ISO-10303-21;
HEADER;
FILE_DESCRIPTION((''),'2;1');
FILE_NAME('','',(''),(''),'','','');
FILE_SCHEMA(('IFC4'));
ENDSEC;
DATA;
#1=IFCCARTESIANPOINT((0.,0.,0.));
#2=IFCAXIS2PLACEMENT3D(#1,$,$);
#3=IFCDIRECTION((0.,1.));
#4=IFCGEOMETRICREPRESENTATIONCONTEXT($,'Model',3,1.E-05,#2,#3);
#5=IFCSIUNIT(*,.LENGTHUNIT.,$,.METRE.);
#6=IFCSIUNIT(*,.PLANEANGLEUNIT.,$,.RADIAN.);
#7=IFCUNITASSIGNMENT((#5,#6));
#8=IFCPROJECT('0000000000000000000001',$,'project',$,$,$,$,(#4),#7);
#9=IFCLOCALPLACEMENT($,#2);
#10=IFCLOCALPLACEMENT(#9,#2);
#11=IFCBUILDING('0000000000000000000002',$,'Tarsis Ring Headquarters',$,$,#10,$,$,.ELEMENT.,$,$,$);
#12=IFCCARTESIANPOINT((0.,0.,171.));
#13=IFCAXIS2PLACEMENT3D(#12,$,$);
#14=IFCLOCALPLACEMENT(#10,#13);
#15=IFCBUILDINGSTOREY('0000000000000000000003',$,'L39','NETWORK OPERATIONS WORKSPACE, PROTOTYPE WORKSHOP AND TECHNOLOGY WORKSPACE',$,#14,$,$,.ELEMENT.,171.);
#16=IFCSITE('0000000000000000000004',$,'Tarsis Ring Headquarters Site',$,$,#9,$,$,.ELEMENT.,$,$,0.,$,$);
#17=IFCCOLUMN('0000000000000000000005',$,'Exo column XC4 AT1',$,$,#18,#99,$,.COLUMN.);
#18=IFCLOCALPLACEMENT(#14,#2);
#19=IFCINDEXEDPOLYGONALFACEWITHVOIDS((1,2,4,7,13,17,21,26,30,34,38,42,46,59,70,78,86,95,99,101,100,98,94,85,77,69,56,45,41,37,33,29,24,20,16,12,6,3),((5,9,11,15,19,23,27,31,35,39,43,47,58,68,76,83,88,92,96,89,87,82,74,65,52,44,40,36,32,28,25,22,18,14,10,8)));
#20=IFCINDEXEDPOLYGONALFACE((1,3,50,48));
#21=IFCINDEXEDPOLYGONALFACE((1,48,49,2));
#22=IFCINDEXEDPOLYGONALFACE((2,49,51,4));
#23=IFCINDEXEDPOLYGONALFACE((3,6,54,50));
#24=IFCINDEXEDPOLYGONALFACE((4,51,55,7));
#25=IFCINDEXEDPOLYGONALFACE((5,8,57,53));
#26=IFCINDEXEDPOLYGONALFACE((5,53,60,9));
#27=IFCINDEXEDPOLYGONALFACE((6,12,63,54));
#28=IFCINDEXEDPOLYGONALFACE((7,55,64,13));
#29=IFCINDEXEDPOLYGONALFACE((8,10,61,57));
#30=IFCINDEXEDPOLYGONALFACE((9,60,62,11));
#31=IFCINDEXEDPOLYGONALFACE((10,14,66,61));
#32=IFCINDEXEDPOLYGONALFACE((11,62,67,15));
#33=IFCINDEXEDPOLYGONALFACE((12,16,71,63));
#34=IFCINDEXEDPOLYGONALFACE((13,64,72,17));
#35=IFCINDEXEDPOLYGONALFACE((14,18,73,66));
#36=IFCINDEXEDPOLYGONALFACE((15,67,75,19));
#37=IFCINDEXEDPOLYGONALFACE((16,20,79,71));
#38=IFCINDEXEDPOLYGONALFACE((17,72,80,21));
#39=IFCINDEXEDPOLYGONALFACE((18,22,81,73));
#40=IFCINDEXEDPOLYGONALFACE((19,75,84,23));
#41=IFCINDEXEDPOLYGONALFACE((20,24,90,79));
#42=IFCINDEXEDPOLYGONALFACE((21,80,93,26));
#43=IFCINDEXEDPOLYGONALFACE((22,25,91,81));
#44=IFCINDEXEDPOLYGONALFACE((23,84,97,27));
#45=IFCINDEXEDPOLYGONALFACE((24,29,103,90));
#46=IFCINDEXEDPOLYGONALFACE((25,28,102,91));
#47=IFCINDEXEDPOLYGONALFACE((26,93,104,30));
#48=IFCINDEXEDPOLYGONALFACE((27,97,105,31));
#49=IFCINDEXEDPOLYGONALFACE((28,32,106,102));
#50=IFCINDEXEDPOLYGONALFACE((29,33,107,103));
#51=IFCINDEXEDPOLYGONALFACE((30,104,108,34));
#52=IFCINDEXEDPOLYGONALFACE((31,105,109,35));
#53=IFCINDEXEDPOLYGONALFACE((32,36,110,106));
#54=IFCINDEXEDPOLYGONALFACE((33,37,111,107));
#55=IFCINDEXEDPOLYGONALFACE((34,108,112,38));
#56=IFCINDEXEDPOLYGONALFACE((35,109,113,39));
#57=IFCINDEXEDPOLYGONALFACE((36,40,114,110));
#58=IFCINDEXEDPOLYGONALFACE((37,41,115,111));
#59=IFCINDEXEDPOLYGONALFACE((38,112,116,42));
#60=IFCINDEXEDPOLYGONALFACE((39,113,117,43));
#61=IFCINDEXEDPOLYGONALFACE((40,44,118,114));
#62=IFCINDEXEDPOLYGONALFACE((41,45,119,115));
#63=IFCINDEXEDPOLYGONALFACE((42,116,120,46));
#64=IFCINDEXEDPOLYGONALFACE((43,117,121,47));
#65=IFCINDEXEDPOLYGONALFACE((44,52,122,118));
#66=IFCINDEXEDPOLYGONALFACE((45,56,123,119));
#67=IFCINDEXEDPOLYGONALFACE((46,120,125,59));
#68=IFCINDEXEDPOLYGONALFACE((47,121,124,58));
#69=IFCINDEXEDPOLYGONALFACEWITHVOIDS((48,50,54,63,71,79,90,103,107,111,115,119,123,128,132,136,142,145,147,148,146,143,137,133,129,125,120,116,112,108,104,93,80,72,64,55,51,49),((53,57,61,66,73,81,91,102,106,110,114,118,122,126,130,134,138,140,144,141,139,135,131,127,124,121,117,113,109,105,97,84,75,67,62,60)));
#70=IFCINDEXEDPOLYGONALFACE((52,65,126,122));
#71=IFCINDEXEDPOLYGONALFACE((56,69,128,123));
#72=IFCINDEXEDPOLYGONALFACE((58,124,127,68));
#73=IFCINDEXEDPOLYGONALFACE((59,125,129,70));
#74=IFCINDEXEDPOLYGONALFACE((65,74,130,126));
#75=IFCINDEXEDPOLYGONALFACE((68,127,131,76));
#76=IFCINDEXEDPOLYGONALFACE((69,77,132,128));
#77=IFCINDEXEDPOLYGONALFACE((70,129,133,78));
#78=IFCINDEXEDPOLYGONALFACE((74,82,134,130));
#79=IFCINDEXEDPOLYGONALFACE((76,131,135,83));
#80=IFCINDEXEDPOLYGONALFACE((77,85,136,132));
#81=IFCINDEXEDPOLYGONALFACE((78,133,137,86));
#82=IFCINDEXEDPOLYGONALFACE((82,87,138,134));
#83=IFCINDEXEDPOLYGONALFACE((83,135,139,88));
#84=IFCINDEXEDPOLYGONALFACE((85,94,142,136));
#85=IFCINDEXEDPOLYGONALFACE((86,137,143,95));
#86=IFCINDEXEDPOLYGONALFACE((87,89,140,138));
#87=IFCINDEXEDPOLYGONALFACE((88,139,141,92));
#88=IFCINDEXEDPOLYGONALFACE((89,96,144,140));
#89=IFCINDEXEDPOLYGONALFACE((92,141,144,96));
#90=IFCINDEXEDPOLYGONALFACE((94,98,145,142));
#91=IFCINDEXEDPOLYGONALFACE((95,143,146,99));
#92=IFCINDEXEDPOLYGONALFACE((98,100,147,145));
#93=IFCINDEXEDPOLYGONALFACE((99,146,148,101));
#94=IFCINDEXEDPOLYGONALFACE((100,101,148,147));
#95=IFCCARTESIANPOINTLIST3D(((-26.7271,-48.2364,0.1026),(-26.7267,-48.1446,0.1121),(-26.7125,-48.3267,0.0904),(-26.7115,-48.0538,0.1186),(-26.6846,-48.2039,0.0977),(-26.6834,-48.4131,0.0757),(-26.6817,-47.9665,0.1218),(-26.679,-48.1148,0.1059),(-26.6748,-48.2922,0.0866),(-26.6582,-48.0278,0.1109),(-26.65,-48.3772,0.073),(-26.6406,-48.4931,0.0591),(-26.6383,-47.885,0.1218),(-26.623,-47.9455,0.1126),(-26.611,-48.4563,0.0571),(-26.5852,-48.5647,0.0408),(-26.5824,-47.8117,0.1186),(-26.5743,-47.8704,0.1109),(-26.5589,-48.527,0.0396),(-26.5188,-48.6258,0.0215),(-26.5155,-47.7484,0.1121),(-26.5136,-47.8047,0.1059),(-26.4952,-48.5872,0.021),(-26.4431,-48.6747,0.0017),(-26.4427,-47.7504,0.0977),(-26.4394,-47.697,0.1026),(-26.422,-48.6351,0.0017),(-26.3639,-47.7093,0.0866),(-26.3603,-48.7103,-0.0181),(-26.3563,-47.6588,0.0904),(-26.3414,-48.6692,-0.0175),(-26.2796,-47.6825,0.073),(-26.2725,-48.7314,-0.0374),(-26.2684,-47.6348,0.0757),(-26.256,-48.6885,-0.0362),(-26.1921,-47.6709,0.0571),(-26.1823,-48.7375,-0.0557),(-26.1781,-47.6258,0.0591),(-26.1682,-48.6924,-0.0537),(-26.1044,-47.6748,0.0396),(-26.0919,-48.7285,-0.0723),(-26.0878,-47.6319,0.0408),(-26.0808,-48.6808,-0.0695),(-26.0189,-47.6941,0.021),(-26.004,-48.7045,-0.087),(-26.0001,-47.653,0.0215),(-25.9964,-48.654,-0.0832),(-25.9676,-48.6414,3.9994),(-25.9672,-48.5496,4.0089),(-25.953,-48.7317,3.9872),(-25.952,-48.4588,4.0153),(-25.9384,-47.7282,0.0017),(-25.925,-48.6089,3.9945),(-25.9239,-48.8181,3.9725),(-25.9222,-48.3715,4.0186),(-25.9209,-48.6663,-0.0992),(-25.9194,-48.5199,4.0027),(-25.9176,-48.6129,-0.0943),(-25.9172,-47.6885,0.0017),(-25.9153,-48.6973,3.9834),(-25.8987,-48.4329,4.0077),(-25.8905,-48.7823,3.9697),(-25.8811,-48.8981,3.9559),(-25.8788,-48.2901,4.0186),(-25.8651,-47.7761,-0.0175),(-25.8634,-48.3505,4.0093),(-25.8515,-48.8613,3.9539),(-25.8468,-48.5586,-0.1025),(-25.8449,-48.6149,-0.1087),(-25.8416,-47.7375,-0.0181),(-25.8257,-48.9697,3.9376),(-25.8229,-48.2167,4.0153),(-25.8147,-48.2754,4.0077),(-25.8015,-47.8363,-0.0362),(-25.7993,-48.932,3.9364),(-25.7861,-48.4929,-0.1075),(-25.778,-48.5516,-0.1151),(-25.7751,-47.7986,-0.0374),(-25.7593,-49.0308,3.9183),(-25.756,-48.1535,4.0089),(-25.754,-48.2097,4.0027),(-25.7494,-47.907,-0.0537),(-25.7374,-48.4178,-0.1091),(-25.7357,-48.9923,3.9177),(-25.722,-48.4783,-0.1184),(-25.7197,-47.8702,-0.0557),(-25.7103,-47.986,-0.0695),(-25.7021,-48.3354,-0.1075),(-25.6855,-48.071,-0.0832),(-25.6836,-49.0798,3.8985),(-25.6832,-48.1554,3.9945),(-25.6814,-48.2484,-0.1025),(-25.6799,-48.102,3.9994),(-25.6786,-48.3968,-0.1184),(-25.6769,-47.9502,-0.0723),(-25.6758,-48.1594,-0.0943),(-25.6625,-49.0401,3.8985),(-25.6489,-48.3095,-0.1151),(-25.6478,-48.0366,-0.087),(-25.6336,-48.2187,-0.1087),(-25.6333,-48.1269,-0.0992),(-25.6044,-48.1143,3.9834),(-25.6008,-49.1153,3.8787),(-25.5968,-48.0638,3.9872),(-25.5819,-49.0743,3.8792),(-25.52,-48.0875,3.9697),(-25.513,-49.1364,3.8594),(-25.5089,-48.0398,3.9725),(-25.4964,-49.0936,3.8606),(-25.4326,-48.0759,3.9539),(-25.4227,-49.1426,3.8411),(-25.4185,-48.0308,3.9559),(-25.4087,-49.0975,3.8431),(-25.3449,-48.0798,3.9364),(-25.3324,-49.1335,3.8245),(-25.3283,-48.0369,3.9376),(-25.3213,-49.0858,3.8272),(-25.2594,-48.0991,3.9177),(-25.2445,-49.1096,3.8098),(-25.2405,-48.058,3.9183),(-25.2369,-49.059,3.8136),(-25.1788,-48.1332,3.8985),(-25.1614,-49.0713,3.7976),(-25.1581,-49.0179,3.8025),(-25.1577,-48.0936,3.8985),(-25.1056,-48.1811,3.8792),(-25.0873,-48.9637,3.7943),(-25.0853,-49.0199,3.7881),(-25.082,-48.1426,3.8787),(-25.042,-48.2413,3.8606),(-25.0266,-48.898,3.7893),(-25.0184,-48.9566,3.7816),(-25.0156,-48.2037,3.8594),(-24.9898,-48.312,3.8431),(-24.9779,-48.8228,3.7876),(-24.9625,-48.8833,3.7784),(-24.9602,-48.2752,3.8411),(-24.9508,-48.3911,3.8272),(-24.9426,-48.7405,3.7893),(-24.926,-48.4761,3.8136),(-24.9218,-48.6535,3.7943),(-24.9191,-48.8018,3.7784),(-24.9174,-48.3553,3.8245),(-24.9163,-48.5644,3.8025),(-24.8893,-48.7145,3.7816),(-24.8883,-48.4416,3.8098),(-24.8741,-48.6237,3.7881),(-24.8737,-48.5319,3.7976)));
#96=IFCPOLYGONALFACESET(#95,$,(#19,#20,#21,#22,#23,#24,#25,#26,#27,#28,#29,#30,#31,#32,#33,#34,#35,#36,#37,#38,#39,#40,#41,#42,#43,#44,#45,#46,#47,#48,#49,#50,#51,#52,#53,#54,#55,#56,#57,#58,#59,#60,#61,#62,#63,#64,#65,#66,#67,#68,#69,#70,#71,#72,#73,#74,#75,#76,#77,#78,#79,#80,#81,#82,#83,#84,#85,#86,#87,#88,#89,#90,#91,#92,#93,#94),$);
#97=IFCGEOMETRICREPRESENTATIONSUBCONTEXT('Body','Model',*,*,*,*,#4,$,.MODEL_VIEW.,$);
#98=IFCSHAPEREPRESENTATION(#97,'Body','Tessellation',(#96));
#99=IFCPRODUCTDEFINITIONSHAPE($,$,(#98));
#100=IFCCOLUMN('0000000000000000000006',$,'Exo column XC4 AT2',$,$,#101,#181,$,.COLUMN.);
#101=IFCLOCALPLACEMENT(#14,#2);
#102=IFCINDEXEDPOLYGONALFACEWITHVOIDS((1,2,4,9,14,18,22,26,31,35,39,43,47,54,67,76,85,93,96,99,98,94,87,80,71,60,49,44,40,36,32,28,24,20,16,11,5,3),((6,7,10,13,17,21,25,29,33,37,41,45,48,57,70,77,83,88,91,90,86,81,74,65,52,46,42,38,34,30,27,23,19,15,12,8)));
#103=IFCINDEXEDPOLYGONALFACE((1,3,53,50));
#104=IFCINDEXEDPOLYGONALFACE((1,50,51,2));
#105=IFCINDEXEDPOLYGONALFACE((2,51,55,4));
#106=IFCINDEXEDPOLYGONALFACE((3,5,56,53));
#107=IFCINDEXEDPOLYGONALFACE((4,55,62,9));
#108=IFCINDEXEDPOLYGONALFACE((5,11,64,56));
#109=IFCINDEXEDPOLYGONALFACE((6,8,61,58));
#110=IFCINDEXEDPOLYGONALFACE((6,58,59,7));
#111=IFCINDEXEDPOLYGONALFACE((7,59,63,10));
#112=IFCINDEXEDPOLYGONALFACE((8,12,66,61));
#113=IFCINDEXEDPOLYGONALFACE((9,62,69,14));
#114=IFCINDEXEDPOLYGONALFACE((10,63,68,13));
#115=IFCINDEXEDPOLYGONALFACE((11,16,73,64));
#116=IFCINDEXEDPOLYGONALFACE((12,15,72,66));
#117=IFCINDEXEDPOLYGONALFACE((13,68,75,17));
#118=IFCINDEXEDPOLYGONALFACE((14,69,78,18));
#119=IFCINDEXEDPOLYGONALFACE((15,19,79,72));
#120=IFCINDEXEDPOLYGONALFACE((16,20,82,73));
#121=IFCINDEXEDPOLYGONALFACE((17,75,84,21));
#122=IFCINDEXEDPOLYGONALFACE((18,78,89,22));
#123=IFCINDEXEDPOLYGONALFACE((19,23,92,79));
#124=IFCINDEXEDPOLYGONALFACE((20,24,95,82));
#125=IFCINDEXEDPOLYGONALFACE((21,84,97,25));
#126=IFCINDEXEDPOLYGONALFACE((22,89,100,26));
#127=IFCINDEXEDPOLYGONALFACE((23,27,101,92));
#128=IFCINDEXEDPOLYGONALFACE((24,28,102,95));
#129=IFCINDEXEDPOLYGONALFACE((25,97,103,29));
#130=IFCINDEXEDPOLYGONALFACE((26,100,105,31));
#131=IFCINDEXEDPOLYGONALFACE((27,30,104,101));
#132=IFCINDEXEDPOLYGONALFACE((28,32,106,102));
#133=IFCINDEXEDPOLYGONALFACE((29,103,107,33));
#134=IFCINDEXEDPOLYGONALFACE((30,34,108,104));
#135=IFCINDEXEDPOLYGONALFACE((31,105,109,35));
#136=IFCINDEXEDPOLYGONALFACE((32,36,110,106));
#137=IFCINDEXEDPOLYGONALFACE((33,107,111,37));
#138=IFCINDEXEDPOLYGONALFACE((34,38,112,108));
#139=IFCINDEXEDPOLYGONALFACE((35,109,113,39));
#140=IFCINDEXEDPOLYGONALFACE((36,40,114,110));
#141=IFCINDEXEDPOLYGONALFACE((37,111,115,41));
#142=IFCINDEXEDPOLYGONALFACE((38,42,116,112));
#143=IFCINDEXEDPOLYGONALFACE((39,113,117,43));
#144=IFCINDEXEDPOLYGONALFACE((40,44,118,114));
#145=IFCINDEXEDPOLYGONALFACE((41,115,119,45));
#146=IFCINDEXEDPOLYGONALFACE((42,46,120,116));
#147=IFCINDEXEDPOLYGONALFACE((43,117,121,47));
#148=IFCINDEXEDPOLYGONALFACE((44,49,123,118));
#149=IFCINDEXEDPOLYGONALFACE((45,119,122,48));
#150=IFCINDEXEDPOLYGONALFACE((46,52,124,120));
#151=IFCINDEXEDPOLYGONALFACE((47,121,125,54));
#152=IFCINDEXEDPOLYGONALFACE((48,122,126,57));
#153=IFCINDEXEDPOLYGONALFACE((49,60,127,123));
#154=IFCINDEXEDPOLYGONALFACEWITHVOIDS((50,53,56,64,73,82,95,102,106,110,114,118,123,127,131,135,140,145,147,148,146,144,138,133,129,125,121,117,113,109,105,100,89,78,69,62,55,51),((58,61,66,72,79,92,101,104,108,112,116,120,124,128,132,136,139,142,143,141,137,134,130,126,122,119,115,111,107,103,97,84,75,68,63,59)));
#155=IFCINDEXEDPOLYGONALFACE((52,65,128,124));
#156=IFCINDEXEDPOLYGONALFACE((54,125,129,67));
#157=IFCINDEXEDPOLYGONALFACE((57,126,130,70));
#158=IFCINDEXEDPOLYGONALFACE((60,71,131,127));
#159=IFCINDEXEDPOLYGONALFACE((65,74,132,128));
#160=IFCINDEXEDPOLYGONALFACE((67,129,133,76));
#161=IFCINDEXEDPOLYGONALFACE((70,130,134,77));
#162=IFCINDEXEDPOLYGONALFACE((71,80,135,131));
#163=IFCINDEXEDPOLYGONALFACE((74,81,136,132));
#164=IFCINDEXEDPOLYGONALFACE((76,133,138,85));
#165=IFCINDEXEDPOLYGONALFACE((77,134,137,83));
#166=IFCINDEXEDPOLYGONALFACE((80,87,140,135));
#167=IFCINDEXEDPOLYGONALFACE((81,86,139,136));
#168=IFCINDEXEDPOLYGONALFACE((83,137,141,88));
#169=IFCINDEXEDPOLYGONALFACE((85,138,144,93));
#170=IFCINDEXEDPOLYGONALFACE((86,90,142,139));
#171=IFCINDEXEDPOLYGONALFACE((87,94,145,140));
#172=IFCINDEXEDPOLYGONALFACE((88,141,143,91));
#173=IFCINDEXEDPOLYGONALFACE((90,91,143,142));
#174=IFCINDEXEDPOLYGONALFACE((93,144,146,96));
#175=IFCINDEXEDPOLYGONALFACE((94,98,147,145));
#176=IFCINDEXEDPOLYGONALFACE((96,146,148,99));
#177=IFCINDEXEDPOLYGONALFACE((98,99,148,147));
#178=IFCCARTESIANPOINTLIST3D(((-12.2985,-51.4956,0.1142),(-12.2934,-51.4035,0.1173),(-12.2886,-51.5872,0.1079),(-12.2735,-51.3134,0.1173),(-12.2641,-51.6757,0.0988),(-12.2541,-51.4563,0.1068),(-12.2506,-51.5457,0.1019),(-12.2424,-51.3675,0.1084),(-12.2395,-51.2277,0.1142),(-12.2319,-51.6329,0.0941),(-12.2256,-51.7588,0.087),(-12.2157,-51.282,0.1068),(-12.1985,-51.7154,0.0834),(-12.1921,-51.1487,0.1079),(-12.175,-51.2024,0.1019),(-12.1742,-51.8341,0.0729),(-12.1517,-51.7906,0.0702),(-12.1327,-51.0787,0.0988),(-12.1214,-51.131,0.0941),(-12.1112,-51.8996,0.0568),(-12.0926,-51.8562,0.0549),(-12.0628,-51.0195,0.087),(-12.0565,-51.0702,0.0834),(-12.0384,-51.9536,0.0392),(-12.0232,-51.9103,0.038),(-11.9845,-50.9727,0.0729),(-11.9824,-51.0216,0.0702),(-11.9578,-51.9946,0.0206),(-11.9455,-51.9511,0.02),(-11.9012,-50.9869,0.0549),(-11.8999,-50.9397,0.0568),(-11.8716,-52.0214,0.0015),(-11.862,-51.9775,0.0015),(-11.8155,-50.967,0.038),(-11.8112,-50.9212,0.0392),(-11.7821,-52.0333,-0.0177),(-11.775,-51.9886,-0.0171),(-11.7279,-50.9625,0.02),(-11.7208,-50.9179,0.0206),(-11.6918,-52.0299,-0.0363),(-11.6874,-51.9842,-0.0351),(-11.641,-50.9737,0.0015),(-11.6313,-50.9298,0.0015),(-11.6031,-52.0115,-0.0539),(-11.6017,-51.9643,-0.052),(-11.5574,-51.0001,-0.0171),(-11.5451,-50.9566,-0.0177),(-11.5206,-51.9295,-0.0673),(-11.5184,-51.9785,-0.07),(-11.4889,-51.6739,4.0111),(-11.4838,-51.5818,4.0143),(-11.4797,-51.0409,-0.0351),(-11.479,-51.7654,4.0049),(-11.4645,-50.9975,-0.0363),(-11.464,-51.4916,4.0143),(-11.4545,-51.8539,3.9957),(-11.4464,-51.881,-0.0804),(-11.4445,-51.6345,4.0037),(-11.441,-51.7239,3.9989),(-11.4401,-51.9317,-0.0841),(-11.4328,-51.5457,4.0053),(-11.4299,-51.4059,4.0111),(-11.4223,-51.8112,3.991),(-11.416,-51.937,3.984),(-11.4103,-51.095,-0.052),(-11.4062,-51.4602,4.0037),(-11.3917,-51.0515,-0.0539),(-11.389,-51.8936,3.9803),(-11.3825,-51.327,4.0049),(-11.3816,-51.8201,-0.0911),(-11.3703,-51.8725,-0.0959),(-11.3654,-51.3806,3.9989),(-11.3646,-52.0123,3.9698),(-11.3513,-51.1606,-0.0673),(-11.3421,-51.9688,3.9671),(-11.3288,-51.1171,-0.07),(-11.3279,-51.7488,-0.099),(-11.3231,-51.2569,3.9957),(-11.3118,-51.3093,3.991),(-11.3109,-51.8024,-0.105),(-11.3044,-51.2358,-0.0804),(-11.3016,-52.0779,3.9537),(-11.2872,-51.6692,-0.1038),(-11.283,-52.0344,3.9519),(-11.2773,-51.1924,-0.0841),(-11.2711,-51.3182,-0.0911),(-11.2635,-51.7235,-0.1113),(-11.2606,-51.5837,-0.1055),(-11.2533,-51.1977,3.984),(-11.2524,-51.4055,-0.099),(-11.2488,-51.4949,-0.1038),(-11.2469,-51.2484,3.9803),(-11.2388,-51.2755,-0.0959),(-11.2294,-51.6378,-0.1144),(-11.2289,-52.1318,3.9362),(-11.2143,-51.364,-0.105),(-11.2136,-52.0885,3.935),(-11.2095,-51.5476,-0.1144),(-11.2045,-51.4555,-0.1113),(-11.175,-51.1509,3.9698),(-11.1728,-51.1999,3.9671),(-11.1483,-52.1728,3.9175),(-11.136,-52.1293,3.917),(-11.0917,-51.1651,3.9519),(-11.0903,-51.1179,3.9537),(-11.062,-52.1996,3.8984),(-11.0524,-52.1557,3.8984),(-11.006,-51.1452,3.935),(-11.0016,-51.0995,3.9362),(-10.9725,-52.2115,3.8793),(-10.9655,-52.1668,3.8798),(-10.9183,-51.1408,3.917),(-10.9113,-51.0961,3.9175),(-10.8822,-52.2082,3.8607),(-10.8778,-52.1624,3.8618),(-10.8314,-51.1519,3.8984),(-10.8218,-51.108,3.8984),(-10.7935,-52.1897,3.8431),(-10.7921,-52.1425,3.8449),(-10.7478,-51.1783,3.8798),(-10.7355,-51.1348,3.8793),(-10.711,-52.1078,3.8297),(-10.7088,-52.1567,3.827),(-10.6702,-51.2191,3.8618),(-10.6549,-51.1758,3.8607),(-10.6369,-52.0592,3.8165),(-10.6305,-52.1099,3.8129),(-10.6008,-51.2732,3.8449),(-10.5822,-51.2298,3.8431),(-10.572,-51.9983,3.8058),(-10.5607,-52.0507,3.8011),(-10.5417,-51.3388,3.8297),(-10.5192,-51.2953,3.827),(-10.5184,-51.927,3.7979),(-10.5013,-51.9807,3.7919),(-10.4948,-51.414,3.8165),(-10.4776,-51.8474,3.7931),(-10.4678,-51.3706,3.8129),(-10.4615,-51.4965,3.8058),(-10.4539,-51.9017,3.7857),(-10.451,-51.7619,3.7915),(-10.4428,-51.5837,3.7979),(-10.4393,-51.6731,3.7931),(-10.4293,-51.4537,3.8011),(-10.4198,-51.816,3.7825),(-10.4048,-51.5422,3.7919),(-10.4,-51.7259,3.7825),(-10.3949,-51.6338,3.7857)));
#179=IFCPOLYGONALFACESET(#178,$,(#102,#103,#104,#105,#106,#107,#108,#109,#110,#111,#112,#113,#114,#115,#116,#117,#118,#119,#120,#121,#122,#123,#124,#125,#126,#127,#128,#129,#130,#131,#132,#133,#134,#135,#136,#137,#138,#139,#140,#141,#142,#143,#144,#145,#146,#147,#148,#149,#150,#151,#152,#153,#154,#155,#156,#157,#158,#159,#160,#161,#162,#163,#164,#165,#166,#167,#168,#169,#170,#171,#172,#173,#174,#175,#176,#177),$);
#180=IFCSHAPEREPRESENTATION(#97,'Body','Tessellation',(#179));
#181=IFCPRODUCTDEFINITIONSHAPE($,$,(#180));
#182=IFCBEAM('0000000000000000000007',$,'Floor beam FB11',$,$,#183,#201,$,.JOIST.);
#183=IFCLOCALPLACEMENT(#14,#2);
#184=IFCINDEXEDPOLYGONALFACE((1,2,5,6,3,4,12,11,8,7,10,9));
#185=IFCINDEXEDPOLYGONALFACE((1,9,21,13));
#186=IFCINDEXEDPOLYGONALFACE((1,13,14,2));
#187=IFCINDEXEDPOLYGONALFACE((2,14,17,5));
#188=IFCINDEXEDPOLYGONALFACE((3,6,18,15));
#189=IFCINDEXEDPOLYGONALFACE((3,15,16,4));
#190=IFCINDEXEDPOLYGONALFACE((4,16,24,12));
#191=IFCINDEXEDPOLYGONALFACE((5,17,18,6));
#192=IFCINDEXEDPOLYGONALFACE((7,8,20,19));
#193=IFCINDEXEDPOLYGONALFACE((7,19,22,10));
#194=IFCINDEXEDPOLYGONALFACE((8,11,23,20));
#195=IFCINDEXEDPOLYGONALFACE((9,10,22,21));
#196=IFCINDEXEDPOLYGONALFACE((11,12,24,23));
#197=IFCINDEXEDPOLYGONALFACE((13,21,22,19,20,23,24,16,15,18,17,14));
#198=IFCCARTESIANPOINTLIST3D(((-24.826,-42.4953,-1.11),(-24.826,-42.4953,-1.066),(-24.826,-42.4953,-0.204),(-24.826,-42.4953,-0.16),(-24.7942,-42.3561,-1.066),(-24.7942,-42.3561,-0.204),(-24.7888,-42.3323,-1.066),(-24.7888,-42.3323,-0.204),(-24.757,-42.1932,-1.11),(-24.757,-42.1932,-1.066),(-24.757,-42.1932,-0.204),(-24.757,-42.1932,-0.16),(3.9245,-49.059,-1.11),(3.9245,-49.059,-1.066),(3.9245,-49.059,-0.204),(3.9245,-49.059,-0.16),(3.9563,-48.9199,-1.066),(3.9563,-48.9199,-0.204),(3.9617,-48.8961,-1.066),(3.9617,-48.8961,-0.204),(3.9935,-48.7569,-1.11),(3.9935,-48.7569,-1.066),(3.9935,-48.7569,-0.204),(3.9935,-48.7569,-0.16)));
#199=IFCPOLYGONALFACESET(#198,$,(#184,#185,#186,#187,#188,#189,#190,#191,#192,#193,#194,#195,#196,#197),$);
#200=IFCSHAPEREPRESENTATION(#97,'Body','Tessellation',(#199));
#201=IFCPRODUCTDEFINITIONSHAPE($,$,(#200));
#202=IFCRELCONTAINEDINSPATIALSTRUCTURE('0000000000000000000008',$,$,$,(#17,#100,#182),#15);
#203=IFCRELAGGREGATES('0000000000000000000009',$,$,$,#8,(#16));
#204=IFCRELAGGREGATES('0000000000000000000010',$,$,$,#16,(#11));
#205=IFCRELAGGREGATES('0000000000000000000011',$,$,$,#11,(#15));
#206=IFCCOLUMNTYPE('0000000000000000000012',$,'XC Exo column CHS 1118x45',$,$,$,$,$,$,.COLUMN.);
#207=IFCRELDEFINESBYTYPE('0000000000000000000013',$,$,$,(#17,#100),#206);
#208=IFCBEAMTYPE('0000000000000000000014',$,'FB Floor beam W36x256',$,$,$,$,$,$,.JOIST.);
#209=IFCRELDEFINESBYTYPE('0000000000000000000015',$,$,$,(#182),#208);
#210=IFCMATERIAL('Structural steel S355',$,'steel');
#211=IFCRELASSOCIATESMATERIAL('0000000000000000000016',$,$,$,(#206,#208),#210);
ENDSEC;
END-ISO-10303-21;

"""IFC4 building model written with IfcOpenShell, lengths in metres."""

from ifc_helpers import new_model, si_unit, direction, frame, origin, origin_2d, place, context, subcontext, project, spatial, hollow_circle, i_section, extrude, material, material_profile, profile_set, type_object, element, save


model = new_model("IFC4")

# Units and contexts
model_context = context("Model", 3, precision=1e-05, world=origin(), true_north=direction((0.0, 1.0)))
body_context = subcontext(model_context, "Body", "Model", "MODEL_VIEW")
ifc_project = project(units=[si_unit("LENGTHUNIT", "METRE"), si_unit("PLANEANGLEUNIT", "RADIAN")], contexts=[model_context])

# Site, building, storey
site_placement = place(None, origin())
site = spatial("IfcSite", under=ifc_project, at=site_placement, Name="Tarsis Ring Headquarters Site", CompositionType="ELEMENT", RefElevation=0.0)
building_placement = place(site_placement, origin())
building = spatial("IfcBuilding", under=site, at=building_placement, Name="Tarsis Ring Headquarters", CompositionType="ELEMENT")
storey_placement = place(building_placement, frame((0.0, 0.0, 171.0)))
storey = spatial("IfcBuildingStorey", under=building, at=storey_placement, Name="L39", Description="NETWORK OPERATIONS WORKSPACE, PROTOTYPE WORKSHOP AND TECHNOLOGY WORKSPACE", CompositionType="ELEMENT", Elevation=171.0)

# Columns
ifc_material_1 = material(Name="Structural steel S355", Category="steel")
ifc_material_profile_1 = material_profile(ifc_material_1, hollow_circle(Radius=0.5588, WallThickness=0.0449, at=origin_2d()), Name="CHS 1118x45")
ifc_profile_set_1 = profile_set([ifc_material_profile_1], Name="Structural steel S355")
column_type = type_object("IfcColumnType", Name="XC Exo column CHS 1118x45", PredefinedType="COLUMN", material=ifc_profile_set_1)
column_1_placement = place(storey_placement, frame((-26.1802, -48.1816, 0.0017), z_axis=(0.190324, -0.101494, 0.976461), x_axis=(0.470544, 0.882376, 0.0)))
element("IfcColumn", 1, at=column_1_placement, inside=storey, type_object=column_type, Name="Exo column XC4 AT1", PredefinedType="COLUMN", context=body_context, shape_type="SweptSolid", body=[
    extrude(hollow_circle(Radius=0.5588, WallThickness=0.0449, at=origin_2d()), origin(), (0.0, 0.0, 1.0), 3.9907),
])
column_2_placement = place(storey_placement, frame((-11.7515, -51.4756, 0.0015), z_axis=(0.203197, -0.044733, 0.978116), x_axis=(0.214997, 0.976615, 0.0)))
element("IfcColumn", 2, at=column_2_placement, inside=storey, type_object=column_type, Name="Exo column XC4 AT2", PredefinedType="COLUMN", context=body_context, shape_type="SweptSolid", body=[
    extrude(hollow_circle(Radius=0.5588, WallThickness=0.0449, at=origin_2d()), origin(), (0.0, 0.0, 1.0), 3.9841),
])

# Beam
ifc_material_profile_2 = material_profile(ifc_material_1, i_section(OverallWidth=0.3098, OverallDepth=0.95, WebThickness=0.0244, FlangeThickness=0.0439, at=origin_2d()), Name="W36x256")
ifc_profile_set_2 = profile_set([ifc_material_profile_2], Name="Structural steel S355")
beam_type_1 = type_object("IfcBeamType", Name="FB Floor beam W36x256", PredefinedType="JOIST", material=ifc_profile_set_2)
beam_1_placement = place(storey_placement, frame((-24.7915, -42.3442, -0.635), z_axis=(0.974916, -0.222573, 0.0), x_axis=(0.222573, 0.974916, 0.0)))
element("IfcBeam", 3, at=beam_1_placement, inside=storey, type_object=beam_type_1, Name="Floor beam FB11", PredefinedType="JOIST", context=body_context, shape_type="SweptSolid", body=[
    extrude(i_section(OverallWidth=0.3098, OverallDepth=0.95, WebThickness=0.0244, FlangeThickness=0.0439, at=origin_2d()), origin(), (0.0, 0.0, 1.0), 29.4902),
])

save(model, "model.ifc")
